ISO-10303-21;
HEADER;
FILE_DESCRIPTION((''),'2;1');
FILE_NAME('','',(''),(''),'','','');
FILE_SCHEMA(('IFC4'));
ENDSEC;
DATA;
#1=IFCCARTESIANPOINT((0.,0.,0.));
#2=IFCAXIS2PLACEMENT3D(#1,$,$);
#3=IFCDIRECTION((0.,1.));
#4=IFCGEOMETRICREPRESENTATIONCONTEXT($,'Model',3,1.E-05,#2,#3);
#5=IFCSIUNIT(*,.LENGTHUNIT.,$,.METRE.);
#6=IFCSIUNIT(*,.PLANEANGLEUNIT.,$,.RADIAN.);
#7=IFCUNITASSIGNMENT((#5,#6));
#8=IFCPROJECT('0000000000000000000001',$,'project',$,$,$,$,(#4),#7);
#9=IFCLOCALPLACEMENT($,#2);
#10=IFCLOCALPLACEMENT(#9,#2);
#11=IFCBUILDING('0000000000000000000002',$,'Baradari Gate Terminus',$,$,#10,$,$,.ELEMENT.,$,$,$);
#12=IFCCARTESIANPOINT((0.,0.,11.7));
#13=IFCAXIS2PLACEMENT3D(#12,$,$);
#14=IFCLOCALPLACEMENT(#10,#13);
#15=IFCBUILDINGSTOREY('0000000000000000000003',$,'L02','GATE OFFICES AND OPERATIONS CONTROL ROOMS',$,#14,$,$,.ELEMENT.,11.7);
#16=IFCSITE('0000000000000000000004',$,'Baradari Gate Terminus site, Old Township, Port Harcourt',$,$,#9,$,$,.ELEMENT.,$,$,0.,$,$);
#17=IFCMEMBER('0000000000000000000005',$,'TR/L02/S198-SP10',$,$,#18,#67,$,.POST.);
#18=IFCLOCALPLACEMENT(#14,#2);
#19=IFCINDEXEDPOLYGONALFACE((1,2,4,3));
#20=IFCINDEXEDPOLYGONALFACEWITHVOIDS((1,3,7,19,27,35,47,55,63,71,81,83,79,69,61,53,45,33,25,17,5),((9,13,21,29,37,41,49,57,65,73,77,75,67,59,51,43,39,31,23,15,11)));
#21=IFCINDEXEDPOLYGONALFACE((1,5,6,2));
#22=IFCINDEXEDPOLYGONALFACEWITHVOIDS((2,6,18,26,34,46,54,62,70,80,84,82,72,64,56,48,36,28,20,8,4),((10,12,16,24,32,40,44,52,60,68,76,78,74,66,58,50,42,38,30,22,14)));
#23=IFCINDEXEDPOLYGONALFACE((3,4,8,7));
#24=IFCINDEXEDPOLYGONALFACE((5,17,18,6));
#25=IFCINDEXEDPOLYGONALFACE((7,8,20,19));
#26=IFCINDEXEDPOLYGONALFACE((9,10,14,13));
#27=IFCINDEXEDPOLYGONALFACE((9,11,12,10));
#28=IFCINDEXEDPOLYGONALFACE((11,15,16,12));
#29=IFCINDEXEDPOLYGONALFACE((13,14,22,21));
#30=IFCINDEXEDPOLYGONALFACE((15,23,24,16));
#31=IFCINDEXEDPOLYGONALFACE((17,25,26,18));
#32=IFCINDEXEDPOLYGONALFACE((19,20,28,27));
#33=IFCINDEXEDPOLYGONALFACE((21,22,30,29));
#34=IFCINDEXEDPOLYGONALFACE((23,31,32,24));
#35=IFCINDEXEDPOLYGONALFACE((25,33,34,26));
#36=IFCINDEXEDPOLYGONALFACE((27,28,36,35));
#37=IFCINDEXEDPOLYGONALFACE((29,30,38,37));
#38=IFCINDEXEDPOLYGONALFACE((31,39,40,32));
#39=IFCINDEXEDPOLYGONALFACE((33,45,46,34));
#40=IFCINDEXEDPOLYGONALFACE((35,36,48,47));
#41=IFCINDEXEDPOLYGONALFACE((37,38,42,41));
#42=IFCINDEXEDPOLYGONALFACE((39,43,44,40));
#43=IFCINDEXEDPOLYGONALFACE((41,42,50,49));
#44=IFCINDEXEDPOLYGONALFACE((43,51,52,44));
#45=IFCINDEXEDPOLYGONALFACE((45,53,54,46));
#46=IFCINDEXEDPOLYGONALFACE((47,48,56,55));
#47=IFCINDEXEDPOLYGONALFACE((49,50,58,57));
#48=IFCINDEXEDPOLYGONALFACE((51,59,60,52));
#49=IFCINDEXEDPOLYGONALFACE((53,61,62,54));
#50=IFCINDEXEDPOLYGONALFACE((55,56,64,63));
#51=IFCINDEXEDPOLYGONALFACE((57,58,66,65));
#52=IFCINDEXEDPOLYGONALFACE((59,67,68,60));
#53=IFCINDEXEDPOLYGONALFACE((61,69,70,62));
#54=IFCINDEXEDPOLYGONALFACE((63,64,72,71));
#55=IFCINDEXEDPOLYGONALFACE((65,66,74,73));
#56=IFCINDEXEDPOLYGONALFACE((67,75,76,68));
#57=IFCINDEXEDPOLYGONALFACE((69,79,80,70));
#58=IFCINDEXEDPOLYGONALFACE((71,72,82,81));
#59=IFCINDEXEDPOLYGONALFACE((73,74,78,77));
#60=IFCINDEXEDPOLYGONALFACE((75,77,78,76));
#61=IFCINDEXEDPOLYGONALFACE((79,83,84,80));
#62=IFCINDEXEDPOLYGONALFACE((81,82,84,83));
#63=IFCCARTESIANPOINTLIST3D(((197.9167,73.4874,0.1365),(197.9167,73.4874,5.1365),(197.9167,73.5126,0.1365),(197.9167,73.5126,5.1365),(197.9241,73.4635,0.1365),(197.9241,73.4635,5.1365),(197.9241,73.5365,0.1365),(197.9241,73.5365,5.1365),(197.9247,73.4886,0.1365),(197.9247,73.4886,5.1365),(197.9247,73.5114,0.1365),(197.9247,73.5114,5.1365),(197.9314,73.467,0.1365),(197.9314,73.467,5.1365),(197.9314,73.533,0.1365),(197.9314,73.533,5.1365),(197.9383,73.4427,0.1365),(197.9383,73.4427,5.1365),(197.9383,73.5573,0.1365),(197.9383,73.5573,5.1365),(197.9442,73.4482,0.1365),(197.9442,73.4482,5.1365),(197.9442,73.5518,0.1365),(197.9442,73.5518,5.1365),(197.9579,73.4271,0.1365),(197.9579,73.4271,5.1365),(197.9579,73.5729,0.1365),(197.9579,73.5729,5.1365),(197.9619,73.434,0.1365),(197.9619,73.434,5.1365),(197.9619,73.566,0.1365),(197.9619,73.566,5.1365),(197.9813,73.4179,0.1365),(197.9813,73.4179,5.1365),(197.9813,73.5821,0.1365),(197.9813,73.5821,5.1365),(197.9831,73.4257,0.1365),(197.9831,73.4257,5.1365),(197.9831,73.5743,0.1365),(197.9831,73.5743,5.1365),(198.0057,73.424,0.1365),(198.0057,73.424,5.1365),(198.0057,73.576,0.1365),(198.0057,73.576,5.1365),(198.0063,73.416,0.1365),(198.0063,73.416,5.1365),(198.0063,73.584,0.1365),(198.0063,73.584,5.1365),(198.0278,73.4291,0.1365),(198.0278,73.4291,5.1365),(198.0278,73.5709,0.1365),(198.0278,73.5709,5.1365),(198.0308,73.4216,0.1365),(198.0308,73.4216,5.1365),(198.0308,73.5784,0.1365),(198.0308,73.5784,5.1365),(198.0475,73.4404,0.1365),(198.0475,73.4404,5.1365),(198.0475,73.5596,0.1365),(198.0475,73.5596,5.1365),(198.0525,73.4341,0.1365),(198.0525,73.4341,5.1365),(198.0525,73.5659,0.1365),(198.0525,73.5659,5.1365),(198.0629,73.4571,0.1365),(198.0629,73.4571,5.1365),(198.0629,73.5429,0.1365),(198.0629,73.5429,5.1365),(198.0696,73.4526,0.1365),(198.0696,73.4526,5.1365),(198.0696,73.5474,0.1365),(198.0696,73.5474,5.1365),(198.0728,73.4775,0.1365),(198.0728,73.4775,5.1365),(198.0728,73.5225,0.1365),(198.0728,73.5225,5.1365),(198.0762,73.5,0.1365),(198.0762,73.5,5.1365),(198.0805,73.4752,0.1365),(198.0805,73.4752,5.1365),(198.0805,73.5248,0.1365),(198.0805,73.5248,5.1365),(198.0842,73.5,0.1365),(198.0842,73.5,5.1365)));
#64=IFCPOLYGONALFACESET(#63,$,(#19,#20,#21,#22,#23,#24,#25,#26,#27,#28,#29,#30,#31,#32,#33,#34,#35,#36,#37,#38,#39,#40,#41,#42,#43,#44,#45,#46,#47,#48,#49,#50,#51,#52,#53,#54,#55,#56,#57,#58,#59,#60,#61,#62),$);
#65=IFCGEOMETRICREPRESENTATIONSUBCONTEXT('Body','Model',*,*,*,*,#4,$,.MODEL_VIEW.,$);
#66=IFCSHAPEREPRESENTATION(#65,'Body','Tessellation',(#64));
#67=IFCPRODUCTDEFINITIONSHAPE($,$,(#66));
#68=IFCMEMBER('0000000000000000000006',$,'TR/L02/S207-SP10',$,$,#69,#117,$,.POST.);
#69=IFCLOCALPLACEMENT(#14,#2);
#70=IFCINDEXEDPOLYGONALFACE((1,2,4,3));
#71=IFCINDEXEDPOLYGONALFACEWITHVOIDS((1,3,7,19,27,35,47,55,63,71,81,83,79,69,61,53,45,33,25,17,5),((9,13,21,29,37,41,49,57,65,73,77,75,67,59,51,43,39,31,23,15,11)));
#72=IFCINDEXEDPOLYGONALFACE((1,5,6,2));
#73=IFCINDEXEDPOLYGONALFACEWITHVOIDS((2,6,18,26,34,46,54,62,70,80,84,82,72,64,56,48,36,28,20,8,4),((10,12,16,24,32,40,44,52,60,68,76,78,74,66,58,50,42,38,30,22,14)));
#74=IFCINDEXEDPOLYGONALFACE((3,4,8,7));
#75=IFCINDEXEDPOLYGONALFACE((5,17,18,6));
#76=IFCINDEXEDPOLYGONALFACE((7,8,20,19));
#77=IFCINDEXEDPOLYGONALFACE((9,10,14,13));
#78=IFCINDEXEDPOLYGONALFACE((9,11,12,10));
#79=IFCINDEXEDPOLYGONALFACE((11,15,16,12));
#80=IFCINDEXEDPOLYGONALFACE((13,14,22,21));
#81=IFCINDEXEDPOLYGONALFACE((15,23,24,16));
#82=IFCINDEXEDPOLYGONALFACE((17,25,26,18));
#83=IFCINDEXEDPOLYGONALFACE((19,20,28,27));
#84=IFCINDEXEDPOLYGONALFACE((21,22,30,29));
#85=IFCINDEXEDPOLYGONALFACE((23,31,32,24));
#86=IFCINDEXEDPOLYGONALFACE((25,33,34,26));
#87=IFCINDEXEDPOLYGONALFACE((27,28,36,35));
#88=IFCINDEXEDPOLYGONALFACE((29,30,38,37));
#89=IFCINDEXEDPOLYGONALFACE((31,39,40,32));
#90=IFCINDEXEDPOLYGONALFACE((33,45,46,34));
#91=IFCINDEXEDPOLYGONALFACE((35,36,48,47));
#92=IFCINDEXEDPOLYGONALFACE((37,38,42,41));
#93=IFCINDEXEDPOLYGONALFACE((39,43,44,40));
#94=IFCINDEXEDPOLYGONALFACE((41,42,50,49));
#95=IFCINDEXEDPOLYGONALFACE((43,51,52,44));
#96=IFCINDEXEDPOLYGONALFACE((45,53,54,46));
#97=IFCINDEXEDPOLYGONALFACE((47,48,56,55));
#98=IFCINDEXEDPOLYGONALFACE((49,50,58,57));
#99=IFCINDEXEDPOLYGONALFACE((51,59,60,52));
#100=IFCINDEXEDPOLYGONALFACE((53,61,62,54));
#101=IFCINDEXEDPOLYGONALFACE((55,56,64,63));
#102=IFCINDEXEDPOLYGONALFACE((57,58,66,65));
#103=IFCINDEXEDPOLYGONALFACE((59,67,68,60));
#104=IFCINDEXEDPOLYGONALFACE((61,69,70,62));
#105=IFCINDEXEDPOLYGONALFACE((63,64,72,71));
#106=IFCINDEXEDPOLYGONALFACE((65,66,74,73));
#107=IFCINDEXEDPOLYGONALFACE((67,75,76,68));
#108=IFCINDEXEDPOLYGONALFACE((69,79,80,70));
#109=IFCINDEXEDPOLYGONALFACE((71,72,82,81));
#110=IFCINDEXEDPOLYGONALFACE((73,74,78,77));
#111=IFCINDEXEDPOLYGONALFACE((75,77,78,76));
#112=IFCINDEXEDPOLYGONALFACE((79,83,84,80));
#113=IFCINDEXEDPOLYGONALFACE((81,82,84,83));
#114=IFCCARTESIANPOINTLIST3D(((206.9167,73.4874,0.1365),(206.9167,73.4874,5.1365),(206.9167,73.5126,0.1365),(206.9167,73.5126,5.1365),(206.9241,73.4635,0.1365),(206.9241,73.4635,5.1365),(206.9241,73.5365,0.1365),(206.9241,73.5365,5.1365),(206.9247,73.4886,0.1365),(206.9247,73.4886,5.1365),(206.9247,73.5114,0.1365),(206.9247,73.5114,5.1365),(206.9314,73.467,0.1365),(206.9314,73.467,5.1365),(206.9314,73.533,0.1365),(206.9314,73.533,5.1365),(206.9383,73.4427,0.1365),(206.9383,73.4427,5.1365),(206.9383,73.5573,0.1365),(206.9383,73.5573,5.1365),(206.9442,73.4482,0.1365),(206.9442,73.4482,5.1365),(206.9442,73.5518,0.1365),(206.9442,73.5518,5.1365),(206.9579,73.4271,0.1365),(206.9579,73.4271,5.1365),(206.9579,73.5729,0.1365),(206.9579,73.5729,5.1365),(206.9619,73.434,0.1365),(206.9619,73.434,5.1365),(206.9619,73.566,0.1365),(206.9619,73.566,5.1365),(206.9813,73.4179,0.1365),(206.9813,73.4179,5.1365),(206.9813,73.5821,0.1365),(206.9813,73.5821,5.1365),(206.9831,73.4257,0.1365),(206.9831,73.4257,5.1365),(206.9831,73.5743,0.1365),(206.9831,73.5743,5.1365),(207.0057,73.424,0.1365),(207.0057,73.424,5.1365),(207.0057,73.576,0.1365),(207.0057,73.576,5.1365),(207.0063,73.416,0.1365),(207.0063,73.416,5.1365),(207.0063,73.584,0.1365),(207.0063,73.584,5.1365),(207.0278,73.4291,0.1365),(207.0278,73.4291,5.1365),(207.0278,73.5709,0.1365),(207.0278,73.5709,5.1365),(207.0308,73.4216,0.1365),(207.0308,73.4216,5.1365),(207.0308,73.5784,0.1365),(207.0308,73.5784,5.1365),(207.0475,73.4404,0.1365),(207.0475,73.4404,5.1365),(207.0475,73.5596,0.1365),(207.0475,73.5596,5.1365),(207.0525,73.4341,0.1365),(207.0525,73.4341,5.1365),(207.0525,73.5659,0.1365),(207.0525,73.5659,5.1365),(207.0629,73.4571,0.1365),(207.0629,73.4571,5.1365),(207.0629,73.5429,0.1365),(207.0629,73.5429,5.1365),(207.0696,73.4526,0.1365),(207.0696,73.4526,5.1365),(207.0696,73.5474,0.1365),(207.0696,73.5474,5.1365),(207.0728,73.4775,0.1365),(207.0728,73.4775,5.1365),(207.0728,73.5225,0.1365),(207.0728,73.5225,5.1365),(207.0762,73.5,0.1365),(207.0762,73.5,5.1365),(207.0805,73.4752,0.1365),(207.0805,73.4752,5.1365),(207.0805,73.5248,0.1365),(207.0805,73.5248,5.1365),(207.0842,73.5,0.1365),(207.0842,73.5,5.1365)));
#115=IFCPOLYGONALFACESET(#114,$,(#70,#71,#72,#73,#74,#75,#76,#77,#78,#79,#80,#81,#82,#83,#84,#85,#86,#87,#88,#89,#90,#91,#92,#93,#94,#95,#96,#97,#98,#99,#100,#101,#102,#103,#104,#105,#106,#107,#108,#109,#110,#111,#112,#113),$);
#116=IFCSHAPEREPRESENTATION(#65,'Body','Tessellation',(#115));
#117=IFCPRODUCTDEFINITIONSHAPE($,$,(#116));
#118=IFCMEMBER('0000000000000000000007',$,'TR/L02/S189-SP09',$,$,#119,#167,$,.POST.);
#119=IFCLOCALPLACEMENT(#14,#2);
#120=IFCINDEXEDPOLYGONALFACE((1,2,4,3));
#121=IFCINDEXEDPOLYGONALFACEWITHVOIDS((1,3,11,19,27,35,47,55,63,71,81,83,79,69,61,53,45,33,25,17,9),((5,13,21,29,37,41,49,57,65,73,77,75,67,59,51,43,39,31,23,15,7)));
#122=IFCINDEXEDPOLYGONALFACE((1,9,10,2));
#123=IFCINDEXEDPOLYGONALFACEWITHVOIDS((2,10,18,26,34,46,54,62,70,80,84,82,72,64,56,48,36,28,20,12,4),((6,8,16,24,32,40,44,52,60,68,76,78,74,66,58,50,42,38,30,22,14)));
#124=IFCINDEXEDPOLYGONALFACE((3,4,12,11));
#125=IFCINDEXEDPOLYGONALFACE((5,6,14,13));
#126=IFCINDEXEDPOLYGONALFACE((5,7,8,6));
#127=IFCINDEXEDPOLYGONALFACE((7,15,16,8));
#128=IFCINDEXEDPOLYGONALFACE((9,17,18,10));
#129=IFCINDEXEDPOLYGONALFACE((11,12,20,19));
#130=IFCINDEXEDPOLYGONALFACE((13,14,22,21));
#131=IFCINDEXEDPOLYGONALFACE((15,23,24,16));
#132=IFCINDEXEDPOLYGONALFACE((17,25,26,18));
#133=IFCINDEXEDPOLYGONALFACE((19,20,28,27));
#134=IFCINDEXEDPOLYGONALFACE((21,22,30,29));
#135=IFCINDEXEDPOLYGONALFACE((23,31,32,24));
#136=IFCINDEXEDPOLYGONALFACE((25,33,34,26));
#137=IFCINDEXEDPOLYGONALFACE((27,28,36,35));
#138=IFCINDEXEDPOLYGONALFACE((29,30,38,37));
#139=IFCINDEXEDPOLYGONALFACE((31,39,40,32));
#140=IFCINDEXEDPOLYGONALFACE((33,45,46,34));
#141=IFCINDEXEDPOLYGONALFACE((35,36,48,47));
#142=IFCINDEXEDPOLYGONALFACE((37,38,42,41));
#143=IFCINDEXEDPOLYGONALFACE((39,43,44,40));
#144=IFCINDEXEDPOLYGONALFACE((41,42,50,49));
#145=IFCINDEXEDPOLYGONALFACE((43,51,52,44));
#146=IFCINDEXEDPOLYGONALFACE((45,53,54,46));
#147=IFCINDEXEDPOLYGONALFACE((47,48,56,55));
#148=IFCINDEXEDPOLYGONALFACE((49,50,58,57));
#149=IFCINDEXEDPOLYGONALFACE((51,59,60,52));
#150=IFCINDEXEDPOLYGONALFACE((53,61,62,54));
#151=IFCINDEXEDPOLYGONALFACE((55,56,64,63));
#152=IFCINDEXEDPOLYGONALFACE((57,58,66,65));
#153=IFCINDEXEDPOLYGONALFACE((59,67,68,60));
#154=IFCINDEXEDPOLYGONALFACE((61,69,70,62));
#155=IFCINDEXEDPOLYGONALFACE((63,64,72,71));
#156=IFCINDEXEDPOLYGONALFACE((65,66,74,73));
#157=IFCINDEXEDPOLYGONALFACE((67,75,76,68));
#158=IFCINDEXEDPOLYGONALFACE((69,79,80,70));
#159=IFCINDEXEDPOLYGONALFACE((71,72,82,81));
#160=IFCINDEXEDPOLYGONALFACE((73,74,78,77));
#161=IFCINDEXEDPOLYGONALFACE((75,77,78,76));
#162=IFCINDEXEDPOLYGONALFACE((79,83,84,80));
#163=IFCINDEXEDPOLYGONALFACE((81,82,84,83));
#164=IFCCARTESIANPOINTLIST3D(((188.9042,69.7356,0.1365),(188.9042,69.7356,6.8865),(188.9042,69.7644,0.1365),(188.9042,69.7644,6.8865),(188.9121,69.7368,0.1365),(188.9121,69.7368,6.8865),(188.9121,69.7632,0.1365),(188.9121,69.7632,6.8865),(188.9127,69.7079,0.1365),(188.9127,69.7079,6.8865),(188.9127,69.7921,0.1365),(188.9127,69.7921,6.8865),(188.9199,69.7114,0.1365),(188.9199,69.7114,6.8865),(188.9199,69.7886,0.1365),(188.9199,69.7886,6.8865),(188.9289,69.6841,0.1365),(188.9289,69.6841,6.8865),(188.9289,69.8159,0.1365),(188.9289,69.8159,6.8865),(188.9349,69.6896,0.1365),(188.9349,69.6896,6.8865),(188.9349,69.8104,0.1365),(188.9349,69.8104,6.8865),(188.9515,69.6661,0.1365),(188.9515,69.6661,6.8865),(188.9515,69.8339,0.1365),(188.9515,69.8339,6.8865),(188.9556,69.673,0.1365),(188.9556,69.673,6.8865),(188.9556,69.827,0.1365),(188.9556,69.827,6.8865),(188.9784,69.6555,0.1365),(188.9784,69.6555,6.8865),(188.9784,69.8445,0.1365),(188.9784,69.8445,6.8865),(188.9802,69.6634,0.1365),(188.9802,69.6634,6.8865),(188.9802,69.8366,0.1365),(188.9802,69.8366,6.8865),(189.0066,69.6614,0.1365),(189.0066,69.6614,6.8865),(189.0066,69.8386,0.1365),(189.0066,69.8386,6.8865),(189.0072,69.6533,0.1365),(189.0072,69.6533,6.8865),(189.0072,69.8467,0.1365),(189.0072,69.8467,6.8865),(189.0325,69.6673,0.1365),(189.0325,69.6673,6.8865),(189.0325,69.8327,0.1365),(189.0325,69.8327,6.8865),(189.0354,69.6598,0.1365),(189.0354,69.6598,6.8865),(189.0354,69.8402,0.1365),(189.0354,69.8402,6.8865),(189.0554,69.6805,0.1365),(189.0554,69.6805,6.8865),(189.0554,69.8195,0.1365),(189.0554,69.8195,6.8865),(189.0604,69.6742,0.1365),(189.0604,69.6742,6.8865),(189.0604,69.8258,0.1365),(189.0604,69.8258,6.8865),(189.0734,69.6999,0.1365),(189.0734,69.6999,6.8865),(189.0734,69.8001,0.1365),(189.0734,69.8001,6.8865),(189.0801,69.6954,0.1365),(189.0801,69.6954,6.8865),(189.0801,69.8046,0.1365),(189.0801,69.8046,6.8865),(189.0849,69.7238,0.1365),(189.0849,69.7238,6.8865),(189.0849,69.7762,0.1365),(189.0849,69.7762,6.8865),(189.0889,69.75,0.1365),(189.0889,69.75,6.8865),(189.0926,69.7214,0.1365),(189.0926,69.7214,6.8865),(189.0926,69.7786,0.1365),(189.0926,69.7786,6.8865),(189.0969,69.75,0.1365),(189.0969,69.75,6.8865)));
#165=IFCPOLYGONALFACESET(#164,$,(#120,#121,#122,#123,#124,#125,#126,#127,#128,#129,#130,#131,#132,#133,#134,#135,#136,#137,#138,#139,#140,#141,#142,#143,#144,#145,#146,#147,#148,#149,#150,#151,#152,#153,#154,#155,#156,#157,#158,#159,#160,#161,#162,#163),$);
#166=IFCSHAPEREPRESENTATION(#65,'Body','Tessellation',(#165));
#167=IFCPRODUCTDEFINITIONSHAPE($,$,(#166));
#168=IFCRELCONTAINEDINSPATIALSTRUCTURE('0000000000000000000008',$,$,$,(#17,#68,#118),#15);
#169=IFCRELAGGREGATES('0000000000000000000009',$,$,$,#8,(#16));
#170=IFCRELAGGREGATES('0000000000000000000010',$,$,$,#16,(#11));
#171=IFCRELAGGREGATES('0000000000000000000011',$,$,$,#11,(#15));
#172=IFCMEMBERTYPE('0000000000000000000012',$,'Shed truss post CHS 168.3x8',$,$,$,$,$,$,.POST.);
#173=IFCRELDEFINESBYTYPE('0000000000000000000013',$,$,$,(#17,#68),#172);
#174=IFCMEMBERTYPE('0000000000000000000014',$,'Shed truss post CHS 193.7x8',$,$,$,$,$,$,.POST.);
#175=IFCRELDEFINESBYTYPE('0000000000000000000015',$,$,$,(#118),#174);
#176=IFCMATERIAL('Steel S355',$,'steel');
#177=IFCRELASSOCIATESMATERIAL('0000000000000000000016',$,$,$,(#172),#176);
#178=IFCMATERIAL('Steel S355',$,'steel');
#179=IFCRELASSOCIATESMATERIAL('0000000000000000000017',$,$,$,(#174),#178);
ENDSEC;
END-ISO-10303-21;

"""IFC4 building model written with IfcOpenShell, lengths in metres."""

from ifc_helpers import new_model, si_unit, direction, frame, origin, origin_2d, place, context, subcontext, project, spatial, hollow_circle, extrude, material, material_profile, profile_set, type_object, element, save


model = new_model("IFC4")

# Units and contexts
model_context = context("Model", 3, precision=1e-05, world=origin(), true_north=direction((0.0, 1.0)))
body_context = subcontext(model_context, "Body", "Model", "MODEL_VIEW")
ifc_project = project(units=[si_unit("LENGTHUNIT", "METRE"), si_unit("PLANEANGLEUNIT", "RADIAN")], contexts=[model_context])

# Site, building, storey
site_placement = place(None, origin())
site = spatial("IfcSite", under=ifc_project, at=site_placement, Name="Baradari Gate Terminus site, Old Township, Port Harcourt", CompositionType="ELEMENT", RefElevation=0.0)
building_placement = place(site_placement, origin())
building = spatial("IfcBuilding", under=site, at=building_placement, Name="Baradari Gate Terminus", CompositionType="ELEMENT")
storey_placement = place(building_placement, frame((0.0, 0.0, 11.7)))
storey = spatial("IfcBuildingStorey", under=building, at=storey_placement, Name="L02", Description="GATE OFFICES AND OPERATIONS CONTROL ROOMS", CompositionType="ELEMENT", Elevation=11.7)

# Members
ifc_material_1 = material(Name="Steel S355", Category="steel")
ifc_material_profile_1 = material_profile(ifc_material_1, hollow_circle(Radius=0.0842, WallThickness=0.0081, at=origin_2d()), Name="CHS 168.3x8")
ifc_profile_set_1 = profile_set([ifc_material_profile_1], Name="Steel S355")
member_type_1 = type_object("IfcMemberType", Name="Shed truss post CHS 168.3x8", PredefinedType="POST", material=ifc_profile_set_1)
for number, where, z_axis, x_axis, name in (
    (1, (198.0, 73.5, 0.1365), (0.0, 0.0, 1.0), (1.0, 0.0, 0.0), "TR/L02/S198-SP10"),
    (2, (207.0, 73.5, 0.1365), (0.0, 0.0, 1.0), (1.0, 0.0, 0.0), "TR/L02/S207-SP10"),
):
    element("IfcMember", number, at=place(storey_placement, frame(where, z_axis=z_axis, x_axis=x_axis)), inside=storey, type_object=member_type_1, Name=name, PredefinedType="POST", context=body_context, shape_type="SweptSolid", body=[
        extrude(hollow_circle(Radius=0.0842, WallThickness=0.0081, at=origin_2d()), origin(), (0.0, 0.0, 1.0), 5.0),
    ])
ifc_material_2 = material(Name="Steel S355", Category="steel")
ifc_material_profile_2 = material_profile(ifc_material_2, hollow_circle(Radius=0.0969, WallThickness=0.0081, at=origin_2d()), Name="CHS 193.7x8")
ifc_profile_set_2 = profile_set([ifc_material_profile_2], Name="Steel S355")
member_type_2 = type_object("IfcMemberType", Name="Shed truss post CHS 193.7x8", PredefinedType="POST", material=ifc_profile_set_2)
for number, where, z_axis, x_axis, name in (
    (3, (189.0, 69.75, 0.1365), (0.0, 0.0, 1.0), (1.0, 0.0, 0.0), "TR/L02/S189-SP09"),
):
    element("IfcMember", number, at=place(storey_placement, frame(where, z_axis=z_axis, x_axis=x_axis)), inside=storey, type_object=member_type_2, Name=name, PredefinedType="POST", context=body_context, shape_type="SweptSolid", body=[
        extrude(hollow_circle(Radius=0.0969, WallThickness=0.0081, at=origin_2d()), origin(), (0.0, 0.0, 1.0), 6.75),
    ])

save(model, "model.ifc")
